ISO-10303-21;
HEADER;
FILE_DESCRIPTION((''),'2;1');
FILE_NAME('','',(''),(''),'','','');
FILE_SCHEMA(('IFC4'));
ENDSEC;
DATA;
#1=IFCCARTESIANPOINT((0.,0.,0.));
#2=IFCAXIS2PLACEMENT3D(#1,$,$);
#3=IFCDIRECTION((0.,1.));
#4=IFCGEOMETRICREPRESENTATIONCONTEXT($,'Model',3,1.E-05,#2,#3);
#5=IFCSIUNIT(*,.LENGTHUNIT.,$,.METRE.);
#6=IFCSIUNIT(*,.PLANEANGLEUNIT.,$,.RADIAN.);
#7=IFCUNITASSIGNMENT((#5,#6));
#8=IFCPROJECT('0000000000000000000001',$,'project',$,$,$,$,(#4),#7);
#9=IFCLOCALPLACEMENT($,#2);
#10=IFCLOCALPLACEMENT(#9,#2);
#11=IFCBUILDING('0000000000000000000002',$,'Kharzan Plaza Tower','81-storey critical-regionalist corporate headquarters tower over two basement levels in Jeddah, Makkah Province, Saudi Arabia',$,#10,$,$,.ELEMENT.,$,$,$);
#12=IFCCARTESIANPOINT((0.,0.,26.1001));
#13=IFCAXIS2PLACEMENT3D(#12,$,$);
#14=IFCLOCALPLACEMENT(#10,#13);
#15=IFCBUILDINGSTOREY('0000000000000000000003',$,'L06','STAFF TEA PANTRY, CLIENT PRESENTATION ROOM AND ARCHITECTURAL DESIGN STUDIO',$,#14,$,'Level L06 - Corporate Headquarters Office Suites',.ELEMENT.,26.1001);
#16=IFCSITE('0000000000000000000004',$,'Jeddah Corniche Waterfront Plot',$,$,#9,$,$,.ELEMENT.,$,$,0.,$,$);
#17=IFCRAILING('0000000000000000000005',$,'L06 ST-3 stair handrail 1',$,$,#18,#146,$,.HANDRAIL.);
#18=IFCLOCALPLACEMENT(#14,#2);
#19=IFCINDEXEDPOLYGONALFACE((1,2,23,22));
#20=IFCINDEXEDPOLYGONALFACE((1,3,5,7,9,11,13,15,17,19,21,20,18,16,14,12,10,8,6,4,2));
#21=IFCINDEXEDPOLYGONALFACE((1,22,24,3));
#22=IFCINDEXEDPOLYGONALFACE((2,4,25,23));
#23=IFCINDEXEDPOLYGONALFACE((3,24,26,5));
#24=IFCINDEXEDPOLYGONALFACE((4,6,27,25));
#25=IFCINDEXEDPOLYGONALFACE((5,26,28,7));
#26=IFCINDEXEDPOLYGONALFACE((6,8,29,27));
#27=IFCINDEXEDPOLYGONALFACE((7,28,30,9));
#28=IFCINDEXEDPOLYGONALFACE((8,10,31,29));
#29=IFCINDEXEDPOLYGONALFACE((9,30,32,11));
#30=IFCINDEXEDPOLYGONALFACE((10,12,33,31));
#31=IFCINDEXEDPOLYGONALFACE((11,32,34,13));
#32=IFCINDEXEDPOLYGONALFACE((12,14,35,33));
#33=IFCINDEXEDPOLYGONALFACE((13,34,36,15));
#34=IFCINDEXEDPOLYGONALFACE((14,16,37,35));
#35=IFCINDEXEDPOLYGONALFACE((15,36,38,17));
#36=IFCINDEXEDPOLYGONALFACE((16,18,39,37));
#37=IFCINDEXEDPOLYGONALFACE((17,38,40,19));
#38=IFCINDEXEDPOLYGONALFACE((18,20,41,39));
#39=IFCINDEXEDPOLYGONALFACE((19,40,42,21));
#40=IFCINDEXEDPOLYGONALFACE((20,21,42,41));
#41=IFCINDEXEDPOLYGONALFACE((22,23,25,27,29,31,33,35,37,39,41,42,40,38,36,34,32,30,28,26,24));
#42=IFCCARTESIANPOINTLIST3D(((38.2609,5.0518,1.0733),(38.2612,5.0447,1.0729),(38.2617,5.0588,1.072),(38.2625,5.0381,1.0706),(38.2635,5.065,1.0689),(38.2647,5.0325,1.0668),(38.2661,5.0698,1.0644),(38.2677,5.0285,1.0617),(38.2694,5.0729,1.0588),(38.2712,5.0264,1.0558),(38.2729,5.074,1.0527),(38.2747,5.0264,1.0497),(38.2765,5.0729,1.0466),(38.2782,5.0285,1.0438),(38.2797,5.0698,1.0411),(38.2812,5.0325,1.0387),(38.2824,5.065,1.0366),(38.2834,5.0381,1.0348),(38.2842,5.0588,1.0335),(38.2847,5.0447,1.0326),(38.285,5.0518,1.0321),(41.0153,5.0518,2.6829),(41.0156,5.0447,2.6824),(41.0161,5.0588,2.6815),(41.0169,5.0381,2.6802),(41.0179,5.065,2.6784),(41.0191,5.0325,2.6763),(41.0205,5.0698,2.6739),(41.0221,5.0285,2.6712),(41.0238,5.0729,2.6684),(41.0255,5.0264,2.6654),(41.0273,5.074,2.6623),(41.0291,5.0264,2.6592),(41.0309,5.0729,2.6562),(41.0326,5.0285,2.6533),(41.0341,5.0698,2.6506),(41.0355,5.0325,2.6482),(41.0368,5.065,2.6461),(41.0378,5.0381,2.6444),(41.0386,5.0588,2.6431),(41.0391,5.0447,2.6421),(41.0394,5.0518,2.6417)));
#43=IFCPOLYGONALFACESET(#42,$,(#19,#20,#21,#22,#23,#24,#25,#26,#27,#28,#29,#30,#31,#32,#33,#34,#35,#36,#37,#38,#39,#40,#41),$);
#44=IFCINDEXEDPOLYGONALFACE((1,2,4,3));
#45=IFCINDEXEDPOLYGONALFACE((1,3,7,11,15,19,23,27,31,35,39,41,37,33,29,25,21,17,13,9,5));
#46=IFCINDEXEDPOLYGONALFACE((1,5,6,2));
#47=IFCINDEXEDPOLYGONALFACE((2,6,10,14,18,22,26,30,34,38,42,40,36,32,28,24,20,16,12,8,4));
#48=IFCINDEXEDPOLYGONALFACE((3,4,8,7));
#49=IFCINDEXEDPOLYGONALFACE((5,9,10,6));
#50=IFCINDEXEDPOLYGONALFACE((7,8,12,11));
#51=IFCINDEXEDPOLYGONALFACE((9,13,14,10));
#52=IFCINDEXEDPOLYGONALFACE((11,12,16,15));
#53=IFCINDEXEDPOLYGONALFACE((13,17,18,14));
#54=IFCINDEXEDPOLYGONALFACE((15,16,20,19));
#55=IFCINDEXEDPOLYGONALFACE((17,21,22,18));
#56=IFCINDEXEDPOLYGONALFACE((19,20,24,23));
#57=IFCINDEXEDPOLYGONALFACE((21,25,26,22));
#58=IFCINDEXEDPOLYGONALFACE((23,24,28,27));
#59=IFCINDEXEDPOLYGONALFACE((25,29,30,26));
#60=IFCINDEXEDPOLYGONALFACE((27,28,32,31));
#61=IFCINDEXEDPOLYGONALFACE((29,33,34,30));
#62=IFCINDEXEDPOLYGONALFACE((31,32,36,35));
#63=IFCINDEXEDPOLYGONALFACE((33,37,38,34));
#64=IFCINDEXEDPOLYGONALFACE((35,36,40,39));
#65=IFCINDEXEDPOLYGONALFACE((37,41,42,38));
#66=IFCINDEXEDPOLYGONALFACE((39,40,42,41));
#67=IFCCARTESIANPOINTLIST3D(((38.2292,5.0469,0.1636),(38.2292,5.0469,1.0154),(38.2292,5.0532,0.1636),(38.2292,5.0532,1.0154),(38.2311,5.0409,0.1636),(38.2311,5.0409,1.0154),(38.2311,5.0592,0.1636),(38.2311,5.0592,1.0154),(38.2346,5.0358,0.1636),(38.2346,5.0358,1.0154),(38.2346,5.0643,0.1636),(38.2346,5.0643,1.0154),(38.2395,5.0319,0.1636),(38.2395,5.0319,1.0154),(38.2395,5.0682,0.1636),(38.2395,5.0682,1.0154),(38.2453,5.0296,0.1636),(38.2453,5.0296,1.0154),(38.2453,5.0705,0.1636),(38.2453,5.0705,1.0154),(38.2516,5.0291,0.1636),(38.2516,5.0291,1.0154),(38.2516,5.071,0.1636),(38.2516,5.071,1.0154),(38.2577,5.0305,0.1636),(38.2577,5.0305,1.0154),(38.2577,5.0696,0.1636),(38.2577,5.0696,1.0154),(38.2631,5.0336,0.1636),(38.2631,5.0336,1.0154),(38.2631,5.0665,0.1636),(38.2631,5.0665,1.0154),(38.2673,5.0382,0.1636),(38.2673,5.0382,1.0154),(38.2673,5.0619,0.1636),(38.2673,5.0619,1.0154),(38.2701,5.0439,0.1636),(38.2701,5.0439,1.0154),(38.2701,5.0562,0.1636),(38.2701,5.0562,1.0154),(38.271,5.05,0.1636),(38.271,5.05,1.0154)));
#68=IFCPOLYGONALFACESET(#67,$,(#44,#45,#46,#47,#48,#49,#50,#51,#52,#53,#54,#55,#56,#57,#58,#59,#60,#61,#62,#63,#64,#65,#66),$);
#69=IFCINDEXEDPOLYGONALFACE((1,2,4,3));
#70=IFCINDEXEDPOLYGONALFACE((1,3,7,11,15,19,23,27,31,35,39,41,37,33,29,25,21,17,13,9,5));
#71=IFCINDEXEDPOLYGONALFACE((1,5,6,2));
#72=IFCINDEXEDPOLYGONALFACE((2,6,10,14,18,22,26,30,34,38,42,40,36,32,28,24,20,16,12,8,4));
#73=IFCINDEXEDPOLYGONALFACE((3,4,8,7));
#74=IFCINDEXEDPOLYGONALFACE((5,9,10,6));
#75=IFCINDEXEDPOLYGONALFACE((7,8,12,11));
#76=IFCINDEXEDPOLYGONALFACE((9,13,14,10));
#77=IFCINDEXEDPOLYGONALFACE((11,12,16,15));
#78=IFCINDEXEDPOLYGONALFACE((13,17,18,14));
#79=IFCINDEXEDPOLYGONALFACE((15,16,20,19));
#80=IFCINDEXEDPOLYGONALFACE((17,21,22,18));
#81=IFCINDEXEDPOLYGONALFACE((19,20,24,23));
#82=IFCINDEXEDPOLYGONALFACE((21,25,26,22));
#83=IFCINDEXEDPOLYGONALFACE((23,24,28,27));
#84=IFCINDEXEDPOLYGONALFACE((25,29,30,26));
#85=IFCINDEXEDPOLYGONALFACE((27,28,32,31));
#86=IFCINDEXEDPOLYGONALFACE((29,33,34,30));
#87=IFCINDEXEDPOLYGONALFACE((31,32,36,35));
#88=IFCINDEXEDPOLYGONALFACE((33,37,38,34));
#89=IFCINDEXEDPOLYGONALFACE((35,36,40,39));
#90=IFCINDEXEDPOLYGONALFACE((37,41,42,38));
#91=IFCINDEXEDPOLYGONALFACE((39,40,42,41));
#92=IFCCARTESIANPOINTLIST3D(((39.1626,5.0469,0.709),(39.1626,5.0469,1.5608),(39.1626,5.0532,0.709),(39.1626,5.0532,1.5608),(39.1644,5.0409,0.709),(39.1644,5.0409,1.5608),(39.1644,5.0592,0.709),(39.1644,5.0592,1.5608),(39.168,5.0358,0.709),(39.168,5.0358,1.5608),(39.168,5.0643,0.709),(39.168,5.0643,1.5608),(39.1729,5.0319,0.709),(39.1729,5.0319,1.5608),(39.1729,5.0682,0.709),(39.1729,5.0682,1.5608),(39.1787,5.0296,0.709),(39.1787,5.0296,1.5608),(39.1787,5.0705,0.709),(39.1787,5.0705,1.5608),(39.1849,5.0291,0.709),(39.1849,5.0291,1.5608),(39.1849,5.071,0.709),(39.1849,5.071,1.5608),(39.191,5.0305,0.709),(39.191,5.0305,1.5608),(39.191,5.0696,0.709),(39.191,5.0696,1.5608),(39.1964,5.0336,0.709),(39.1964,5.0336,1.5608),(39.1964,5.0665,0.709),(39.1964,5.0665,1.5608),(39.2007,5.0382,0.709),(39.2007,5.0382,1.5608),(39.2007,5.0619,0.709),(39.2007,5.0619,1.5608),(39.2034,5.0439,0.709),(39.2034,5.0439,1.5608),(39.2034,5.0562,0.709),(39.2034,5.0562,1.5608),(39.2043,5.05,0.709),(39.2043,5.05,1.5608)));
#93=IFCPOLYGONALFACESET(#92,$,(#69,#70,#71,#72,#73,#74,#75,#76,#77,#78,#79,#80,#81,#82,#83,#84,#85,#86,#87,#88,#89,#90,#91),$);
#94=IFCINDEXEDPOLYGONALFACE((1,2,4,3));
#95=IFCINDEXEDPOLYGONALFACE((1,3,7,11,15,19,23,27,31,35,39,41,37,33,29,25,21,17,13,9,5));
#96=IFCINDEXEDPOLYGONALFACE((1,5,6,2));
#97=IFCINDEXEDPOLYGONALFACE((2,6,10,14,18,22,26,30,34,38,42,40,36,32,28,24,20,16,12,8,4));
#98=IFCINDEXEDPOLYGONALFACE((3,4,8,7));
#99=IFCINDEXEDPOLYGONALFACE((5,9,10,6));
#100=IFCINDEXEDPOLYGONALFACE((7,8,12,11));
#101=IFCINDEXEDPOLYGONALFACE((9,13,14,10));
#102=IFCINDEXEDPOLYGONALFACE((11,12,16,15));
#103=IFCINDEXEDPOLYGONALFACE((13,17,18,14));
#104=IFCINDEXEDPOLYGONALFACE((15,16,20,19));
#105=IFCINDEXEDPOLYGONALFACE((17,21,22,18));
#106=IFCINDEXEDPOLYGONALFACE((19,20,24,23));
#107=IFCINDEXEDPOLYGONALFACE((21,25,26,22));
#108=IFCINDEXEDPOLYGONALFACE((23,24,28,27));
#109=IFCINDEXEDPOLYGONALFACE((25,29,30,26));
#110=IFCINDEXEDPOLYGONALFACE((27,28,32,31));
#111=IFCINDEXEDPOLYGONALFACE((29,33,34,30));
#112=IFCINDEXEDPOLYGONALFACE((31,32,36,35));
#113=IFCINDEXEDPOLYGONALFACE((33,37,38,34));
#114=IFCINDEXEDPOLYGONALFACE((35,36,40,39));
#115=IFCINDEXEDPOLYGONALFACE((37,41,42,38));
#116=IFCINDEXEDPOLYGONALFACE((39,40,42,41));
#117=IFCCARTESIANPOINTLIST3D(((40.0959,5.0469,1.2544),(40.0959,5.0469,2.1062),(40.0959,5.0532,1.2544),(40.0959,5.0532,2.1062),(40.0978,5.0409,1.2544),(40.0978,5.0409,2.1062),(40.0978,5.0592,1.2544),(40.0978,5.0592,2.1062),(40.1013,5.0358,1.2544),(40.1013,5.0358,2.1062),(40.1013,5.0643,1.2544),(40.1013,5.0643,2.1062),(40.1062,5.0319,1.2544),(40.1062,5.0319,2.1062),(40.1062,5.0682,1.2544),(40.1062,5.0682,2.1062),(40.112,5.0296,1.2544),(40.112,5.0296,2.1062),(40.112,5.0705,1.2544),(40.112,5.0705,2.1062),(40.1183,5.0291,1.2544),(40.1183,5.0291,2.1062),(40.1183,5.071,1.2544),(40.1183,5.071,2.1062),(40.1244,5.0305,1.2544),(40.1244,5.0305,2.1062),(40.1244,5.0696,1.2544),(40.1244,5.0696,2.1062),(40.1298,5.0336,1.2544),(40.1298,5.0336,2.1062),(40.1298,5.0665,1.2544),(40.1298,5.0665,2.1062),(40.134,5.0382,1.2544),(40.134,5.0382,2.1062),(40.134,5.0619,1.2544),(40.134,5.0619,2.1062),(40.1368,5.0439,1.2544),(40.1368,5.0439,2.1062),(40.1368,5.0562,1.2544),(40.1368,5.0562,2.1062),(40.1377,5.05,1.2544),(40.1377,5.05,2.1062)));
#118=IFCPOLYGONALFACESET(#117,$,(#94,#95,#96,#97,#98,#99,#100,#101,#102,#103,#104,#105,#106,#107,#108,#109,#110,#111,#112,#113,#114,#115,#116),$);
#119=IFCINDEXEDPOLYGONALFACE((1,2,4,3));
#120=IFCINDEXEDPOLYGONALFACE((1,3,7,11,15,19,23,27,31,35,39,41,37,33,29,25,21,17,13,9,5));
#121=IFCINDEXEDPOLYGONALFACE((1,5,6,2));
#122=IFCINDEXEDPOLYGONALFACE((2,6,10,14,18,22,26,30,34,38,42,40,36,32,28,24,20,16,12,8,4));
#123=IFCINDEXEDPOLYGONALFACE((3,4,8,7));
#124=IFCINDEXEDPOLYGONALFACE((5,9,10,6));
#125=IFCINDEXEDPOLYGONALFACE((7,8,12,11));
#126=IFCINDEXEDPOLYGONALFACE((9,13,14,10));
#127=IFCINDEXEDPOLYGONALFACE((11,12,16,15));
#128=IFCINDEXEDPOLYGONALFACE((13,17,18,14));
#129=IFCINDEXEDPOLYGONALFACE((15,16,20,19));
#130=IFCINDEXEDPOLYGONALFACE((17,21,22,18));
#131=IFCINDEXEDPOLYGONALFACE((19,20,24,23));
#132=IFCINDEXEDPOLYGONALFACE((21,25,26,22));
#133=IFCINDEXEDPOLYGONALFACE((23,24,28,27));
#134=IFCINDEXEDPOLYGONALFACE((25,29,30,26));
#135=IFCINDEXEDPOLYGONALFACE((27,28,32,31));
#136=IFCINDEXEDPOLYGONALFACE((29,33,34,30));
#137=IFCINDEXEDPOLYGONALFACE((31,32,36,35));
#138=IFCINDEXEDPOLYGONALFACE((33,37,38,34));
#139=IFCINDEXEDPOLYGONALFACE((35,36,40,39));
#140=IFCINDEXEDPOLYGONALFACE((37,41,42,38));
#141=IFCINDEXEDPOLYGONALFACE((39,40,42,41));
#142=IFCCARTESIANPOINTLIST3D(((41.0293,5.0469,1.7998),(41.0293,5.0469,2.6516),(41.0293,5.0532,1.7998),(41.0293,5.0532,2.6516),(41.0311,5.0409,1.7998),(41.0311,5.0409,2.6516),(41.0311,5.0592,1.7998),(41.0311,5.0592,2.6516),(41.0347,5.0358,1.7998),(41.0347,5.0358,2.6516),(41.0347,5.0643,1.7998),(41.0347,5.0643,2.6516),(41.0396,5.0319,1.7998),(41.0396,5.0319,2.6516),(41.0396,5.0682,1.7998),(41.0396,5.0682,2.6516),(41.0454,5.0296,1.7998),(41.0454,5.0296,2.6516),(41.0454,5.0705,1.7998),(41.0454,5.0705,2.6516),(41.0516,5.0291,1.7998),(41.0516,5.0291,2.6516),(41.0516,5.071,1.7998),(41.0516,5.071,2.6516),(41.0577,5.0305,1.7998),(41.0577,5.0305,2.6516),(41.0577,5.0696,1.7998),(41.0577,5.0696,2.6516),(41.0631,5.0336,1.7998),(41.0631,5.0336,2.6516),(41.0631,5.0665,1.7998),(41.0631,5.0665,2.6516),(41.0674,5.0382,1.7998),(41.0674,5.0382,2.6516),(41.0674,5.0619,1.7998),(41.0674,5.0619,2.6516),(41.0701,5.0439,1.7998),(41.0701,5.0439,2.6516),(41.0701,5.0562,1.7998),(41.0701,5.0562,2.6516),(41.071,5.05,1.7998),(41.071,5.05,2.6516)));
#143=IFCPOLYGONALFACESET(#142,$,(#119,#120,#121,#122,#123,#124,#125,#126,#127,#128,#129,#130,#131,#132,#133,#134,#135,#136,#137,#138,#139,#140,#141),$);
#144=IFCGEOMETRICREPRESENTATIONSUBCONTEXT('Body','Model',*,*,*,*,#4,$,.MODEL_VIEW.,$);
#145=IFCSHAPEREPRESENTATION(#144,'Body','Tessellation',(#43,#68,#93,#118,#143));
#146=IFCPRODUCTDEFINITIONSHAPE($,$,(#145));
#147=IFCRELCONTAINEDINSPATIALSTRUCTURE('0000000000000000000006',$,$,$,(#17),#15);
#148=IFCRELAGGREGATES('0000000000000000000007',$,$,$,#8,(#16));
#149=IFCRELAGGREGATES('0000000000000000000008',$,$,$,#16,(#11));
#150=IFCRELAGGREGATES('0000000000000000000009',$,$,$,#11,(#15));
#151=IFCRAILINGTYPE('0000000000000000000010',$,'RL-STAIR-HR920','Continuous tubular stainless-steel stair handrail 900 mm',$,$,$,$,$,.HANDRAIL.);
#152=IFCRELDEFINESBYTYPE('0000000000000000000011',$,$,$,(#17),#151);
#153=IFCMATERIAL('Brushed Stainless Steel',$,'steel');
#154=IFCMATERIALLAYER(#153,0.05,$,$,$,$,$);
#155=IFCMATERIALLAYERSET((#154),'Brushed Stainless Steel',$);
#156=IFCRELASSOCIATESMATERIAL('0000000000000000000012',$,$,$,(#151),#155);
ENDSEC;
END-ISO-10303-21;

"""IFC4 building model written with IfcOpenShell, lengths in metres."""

from ifc_helpers import new_model, si_unit, direction, frame, origin, origin_2d, place, context, subcontext, project, spatial, circle, extrude, source, transform, mapped, material, layer, layer_set, type_object, element, save


model = new_model("IFC4")

# Units and contexts
model_context = context("Model", 3, precision=1e-05, world=origin(), true_north=direction((0.0, 1.0)))
body_context = subcontext(model_context, "Body", "Model", "MODEL_VIEW")
ifc_project = project(units=[si_unit("LENGTHUNIT", "METRE"), si_unit("PLANEANGLEUNIT", "RADIAN")], contexts=[model_context])

# Site, building, storey
site_placement = place(None, origin())
site = spatial("IfcSite", under=ifc_project, at=site_placement, Name="Jeddah Corniche Waterfront Plot", CompositionType="ELEMENT", RefElevation=0.0)
building_placement = place(site_placement, origin())
building = spatial("IfcBuilding", under=site, at=building_placement, Name="Kharzan Plaza Tower", Description="81-storey critical-regionalist corporate headquarters tower over two basement levels in Jeddah, Makkah Province, Saudi Arabia", CompositionType="ELEMENT")
storey_placement = place(building_placement, frame((0.0, 0.0, 26.1001)))
storey = spatial("IfcBuildingStorey", under=building, at=storey_placement, Name="L06", Description="STAFF TEA PANTRY, CLIENT PRESENTATION ROOM AND ARCHITECTURAL DESIGN STUDIO", LongName="Level L06 - Corporate Headquarters Office Suites", CompositionType="ELEMENT", Elevation=26.1001)

# Shared definitions
ifc_material_1 = material(Name="Brushed Stainless Steel", Category="steel")

# Railing
ifc_layer_1 = layer(ifc_material_1, 0.05)
ifc_layer_set_1 = layer_set([ifc_layer_1], Name="Brushed Stainless Steel")
railing_type_1 = type_object("IfcRailingType", Name="RL-STAIR-HR920", Description="Continuous tubular stainless-steel stair handrail 900 mm", PredefinedType="HANDRAIL", material=ifc_layer_set_1)
shared_shape_1 = source(origin(), body_context, "Body", "SweptSolid", [
    extrude(circle(Radius=0.0239, at=origin_2d()), frame((0.0229, 0.0, 0.8892), z_axis=(0.863394, 0.0, 0.504531), x_axis=(0.0, 1.0, 0.0)), (0.0, 0.0, 1.0), 3.1902),
    extrude(circle(Radius=0.021, at=origin_2d()), origin(), (0.0, 0.0, 1.0), 0.8518),
    extrude(circle(Radius=0.021, at=origin_2d()), frame((0.9333, 0.0, 0.5454)), (0.0, 0.0, 1.0), 0.8518),
    extrude(circle(Radius=0.021, at=origin_2d()), frame((1.8667, 0.0, 1.0908)), (0.0, 0.0, 1.0), 0.8518),
    extrude(circle(Radius=0.021, at=origin_2d()), frame((2.8, 0.0, 1.6362)), (0.0, 0.0, 1.0), 0.8518),
])
railing_1_placement = place(storey_placement, frame((38.25, 5.05, 0.1636)))
element("IfcRailing", 1, at=railing_1_placement, inside=storey, type_object=railing_type_1, Name="L06 ST-3 stair handrail 1", PredefinedType="HANDRAIL", context=body_context, shape_type="MappedRepresentation", body=[
    mapped(shared_shape_1, transform((0.0, 0.0, 0.0), x_axis=(1.0, 0.0, 0.0), y_axis=(0.0, 1.0, 0.0), z_axis=(0.0, 0.0, 1.0))),
])

save(model, "model.ifc")
